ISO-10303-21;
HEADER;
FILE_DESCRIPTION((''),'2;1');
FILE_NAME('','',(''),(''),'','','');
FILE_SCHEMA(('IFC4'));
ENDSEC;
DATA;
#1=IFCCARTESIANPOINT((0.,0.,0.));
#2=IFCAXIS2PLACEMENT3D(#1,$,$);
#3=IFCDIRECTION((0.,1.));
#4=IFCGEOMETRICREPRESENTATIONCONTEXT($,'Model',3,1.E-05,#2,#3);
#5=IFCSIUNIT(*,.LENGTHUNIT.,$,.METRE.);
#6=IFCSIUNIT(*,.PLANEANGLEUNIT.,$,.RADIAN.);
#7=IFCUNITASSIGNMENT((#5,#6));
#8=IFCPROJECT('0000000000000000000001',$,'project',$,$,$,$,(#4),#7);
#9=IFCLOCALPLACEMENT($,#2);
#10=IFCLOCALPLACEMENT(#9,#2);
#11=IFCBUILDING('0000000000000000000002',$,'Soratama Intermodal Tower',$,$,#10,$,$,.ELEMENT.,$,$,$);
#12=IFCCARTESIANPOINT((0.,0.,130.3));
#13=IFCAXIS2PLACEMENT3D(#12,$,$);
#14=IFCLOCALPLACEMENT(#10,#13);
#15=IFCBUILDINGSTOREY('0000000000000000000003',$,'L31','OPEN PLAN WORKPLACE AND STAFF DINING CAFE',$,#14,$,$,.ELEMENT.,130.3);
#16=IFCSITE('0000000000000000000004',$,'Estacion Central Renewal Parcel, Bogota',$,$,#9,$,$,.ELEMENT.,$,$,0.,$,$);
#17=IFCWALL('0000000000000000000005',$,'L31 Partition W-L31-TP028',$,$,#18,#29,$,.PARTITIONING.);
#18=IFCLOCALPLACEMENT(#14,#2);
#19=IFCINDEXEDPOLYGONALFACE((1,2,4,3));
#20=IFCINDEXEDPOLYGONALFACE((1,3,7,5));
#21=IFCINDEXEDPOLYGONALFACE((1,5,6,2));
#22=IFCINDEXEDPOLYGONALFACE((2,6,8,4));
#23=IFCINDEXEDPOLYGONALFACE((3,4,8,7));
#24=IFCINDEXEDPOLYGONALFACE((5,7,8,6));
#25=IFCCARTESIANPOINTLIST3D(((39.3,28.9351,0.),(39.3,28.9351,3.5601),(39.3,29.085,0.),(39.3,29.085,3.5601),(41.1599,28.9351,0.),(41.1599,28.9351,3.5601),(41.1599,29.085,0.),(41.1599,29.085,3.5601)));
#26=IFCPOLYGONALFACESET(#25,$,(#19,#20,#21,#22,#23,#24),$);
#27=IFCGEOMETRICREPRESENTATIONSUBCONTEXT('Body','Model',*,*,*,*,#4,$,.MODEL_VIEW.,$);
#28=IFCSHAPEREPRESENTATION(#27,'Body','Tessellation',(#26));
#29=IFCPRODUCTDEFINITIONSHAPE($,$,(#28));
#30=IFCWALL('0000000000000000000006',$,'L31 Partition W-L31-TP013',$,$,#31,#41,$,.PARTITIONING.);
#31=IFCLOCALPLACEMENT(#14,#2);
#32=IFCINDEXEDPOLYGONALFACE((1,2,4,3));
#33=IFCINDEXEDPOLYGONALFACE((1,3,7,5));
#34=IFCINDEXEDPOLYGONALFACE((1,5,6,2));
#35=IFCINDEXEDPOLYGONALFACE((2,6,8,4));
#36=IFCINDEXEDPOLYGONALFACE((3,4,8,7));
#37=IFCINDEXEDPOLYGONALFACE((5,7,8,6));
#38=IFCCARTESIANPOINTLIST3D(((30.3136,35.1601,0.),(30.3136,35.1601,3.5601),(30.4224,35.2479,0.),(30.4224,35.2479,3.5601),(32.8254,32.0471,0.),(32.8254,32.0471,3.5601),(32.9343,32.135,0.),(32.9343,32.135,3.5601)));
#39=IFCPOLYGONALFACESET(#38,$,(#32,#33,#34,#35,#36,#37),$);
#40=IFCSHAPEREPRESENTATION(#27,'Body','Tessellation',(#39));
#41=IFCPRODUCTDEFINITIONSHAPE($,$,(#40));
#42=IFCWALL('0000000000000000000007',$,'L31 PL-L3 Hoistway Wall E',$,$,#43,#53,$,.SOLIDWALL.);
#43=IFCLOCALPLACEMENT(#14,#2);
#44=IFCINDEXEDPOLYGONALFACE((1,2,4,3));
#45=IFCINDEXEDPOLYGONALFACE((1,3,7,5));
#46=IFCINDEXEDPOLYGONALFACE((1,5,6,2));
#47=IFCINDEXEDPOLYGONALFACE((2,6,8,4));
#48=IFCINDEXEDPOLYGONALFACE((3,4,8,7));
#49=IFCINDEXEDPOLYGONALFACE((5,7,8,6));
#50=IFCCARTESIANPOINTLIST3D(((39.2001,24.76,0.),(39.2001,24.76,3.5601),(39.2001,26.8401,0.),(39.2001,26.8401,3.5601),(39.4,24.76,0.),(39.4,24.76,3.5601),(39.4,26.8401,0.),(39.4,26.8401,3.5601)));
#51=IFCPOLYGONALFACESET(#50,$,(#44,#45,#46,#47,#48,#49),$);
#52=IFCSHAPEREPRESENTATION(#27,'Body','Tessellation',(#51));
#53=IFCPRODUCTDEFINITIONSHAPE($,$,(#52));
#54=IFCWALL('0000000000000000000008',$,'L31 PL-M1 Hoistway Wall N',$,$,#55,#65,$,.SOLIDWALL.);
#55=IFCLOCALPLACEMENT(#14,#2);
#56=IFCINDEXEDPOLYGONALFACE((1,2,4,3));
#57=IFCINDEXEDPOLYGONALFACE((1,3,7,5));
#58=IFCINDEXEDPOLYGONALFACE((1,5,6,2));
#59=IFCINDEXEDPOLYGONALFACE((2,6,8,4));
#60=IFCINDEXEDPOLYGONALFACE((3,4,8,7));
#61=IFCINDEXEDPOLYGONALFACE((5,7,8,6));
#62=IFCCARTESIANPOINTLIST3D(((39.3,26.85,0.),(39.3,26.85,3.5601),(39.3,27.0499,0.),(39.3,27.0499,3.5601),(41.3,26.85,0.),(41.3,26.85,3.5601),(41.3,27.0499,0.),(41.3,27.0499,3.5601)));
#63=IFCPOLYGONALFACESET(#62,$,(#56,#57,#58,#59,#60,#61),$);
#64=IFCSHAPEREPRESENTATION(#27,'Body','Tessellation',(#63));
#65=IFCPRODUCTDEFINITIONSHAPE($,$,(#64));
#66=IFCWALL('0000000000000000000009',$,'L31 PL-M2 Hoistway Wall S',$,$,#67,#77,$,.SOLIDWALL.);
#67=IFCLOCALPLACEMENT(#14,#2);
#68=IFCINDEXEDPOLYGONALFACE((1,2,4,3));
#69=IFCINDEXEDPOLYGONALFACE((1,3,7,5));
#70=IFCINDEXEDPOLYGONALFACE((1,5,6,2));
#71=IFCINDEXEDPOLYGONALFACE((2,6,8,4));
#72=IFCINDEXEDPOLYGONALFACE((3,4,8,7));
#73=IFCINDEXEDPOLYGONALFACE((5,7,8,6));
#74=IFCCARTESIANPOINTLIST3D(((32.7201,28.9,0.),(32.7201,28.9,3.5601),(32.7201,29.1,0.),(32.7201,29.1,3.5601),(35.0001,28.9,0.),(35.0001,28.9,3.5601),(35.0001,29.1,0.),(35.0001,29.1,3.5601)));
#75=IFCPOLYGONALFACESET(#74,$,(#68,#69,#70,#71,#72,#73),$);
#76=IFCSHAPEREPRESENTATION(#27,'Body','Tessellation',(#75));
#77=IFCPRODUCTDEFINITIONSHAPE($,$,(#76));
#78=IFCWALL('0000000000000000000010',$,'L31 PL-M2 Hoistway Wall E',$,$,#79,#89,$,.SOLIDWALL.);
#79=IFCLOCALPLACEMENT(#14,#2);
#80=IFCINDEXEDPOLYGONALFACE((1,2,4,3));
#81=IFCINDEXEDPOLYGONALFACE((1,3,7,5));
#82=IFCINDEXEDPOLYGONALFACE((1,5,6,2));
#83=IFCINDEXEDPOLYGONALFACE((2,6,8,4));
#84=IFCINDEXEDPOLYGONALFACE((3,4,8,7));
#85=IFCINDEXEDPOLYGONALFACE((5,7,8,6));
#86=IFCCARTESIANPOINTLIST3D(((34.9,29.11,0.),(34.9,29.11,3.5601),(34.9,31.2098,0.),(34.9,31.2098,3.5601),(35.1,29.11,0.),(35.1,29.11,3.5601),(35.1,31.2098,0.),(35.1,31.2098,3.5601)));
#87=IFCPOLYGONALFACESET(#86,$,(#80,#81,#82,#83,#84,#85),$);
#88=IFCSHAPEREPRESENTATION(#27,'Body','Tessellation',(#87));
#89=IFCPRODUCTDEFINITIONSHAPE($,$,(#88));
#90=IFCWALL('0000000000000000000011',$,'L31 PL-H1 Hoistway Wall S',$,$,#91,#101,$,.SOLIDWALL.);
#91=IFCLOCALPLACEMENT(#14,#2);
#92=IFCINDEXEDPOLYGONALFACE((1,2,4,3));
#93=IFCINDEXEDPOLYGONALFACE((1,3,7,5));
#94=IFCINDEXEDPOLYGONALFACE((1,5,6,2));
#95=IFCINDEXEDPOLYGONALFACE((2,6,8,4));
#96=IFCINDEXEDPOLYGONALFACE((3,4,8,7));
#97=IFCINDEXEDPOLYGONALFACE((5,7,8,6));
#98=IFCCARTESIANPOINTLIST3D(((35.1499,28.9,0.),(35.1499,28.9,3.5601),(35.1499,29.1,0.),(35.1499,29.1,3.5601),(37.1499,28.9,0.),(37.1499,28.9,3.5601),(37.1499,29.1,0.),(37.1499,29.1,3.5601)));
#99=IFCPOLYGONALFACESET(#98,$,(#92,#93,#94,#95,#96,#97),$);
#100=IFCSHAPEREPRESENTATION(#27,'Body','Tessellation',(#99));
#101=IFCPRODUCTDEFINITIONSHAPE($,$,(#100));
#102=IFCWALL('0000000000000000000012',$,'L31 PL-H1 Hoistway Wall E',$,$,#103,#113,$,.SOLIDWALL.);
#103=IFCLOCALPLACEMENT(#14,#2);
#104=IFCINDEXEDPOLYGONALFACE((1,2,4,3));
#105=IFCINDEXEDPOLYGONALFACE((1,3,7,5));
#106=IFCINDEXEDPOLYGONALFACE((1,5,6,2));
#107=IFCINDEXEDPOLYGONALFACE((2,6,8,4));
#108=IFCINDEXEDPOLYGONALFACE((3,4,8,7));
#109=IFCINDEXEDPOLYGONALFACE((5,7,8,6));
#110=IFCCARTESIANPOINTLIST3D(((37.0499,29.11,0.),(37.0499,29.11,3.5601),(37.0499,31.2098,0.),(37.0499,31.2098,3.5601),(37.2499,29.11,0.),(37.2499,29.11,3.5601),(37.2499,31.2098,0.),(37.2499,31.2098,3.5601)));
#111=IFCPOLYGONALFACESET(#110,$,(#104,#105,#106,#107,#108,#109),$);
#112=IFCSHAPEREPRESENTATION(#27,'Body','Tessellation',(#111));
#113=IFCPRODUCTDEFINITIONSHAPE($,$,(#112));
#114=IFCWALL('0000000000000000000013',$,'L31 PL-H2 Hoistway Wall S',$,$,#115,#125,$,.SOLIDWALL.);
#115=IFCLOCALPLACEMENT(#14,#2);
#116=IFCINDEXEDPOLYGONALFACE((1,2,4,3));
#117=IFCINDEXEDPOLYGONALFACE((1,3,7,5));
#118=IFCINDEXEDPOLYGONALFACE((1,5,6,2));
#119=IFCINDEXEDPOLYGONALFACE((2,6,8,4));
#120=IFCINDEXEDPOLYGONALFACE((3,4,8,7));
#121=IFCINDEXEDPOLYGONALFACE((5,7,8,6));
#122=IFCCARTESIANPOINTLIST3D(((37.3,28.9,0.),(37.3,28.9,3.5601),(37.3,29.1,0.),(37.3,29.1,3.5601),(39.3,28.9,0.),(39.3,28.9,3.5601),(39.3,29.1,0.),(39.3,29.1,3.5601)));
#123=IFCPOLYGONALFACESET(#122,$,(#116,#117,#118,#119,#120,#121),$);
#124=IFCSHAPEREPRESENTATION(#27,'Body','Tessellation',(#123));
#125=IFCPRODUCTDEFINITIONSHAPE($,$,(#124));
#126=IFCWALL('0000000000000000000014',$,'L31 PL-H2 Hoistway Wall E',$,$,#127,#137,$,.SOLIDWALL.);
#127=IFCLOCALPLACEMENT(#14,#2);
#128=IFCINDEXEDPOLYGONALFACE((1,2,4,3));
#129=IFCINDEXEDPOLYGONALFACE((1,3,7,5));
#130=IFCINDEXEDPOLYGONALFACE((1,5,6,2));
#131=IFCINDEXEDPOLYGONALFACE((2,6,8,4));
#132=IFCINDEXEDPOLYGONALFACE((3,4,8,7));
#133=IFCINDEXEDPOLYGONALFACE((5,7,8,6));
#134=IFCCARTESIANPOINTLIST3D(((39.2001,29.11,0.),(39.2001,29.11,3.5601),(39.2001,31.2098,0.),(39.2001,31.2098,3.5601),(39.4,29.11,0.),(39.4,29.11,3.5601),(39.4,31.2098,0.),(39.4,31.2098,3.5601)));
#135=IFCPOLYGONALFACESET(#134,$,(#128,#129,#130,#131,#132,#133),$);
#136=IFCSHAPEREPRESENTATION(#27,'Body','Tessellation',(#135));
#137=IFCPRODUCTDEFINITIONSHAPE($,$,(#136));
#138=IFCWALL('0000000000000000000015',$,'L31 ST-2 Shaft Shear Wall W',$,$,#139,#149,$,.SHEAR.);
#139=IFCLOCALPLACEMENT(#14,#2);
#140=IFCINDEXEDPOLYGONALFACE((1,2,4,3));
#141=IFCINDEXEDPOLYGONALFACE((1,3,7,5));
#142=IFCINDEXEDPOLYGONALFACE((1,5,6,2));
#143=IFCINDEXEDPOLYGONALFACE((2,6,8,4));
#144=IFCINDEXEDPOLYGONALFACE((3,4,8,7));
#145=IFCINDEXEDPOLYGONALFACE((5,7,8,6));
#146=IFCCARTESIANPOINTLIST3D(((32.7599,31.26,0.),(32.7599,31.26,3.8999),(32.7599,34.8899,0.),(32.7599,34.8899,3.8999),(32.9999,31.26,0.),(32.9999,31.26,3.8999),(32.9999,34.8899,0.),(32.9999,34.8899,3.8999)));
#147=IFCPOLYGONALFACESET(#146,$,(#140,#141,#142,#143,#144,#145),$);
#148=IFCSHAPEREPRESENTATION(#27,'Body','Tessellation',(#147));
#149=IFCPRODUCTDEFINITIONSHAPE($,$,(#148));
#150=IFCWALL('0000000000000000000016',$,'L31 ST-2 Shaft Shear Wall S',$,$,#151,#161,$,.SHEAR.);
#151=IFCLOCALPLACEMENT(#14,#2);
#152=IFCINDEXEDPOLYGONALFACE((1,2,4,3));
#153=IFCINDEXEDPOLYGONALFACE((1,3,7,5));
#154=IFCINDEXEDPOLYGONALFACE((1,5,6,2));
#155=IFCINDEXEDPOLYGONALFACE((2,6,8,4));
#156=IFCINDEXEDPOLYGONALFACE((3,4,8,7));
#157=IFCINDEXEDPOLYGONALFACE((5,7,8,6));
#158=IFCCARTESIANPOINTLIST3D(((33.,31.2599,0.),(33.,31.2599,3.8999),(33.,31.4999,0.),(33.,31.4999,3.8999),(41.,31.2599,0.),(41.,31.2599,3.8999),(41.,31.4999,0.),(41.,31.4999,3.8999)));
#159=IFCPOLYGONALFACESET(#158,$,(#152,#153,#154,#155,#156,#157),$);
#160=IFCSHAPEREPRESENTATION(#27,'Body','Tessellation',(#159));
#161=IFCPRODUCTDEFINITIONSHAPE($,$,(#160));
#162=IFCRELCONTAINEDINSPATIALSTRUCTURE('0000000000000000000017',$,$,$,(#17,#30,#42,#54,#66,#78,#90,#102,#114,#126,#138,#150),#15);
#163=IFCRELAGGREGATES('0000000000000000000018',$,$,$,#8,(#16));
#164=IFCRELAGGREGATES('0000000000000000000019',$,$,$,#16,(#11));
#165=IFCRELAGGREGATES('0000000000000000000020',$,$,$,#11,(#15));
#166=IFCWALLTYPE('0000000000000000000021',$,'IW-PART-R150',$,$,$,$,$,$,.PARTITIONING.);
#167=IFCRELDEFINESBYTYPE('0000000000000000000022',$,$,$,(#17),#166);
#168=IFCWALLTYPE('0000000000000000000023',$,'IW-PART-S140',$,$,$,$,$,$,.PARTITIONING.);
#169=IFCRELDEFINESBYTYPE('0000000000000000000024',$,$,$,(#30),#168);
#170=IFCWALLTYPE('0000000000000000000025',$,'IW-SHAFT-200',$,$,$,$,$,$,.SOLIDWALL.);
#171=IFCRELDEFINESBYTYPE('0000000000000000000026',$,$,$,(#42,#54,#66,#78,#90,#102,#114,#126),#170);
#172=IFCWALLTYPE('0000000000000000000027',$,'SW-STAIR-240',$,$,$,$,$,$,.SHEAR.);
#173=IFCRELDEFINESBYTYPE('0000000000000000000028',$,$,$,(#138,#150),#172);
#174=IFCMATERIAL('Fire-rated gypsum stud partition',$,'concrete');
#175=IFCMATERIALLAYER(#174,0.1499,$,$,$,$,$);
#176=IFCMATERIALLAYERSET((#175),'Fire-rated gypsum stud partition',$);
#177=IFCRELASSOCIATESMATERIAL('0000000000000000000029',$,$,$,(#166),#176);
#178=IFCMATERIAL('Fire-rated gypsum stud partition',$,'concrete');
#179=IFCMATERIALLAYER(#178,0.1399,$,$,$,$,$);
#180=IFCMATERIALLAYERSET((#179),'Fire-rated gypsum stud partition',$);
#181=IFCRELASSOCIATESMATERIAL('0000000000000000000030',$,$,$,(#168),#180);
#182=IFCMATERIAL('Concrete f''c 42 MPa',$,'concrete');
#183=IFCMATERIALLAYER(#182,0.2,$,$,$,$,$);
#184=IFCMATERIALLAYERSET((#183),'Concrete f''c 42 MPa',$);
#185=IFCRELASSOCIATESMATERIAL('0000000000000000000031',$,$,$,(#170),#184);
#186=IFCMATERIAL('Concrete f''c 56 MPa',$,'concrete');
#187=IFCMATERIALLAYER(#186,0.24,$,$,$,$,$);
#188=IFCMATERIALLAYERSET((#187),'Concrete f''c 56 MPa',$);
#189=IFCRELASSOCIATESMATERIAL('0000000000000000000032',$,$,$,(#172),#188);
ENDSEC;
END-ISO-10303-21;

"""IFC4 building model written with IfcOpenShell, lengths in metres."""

from ifc_helpers import new_model, si_unit, direction, frame, frame_2d, origin, place, context, subcontext, project, spatial, rectangle, extrude, material, layer, layer_set, type_object, element, save


model = new_model("IFC4")

# Units and contexts
model_context = context("Model", 3, precision=1e-05, world=origin(), true_north=direction((0.0, 1.0)))
body_context = subcontext(model_context, "Body", "Model", "MODEL_VIEW")
ifc_project = project(units=[si_unit("LENGTHUNIT", "METRE"), si_unit("PLANEANGLEUNIT", "RADIAN")], contexts=[model_context])

# Site, building, storey
site_placement = place(None, origin())
site = spatial("IfcSite", under=ifc_project, at=site_placement, Name="Estacion Central Renewal Parcel, Bogota", CompositionType="ELEMENT", RefElevation=0.0)
building_placement = place(site_placement, origin())
building = spatial("IfcBuilding", under=site, at=building_placement, Name="Soratama Intermodal Tower", CompositionType="ELEMENT")
storey_placement = place(building_placement, frame((0.0, 0.0, 130.3)))
storey = spatial("IfcBuildingStorey", under=building, at=storey_placement, Name="L31", Description="OPEN PLAN WORKPLACE AND STAFF DINING CAFE", CompositionType="ELEMENT", Elevation=130.3)

# Walls
ifc_material_1 = material(Name="Fire-rated gypsum stud partition", Category="concrete")
ifc_layer_1 = layer(ifc_material_1, 0.1499)
ifc_layer_set_1 = layer_set([ifc_layer_1], Name="Fire-rated gypsum stud partition")
wall_type_1 = type_object("IfcWallType", Name="IW-PART-R150", PredefinedType="PARTITIONING", material=ifc_layer_set_1)
wall_1_placement = place(storey_placement, frame((39.3, 29.01, 0.0), z_axis=(0.0, 0.0, 1.0), x_axis=(1.0, 0.0, 0.0)))
element("IfcWall", 1, at=wall_1_placement, inside=storey, type_object=wall_type_1, Name="L31 Partition W-L31-TP028", PredefinedType="PARTITIONING", context=body_context, shape_type="SweptSolid", body=[
    extrude(rectangle(XDim=1.8599, YDim=0.1499, at=frame_2d((0.9299, 0.0))), origin(), (0.0, 0.0, 1.0), 3.5601),
])
ifc_material_2 = material(Name="Fire-rated gypsum stud partition", Category="concrete")
ifc_layer_2 = layer(ifc_material_2, 0.1399)
ifc_layer_set_2 = layer_set([ifc_layer_2], Name="Fire-rated gypsum stud partition")
wall_type_2 = type_object("IfcWallType", Name="IW-PART-S140", PredefinedType="PARTITIONING", material=ifc_layer_set_2)
wall_2_placement = place(storey_placement, frame((32.8799, 32.0911, 0.0), z_axis=(0.0, 0.0, 1.0), x_axis=(-0.627972, 0.778236, 0.0)))
element("IfcWall", 2, at=wall_2_placement, inside=storey, type_object=wall_type_2, Name="L31 Partition W-L31-TP013", PredefinedType="PARTITIONING", context=body_context, shape_type="SweptSolid", body=[
    extrude(rectangle(XDim=4.0, YDim=0.1399, at=frame_2d((2.0, 0.0))), origin(), (0.0, 0.0, 1.0), 3.5601),
])

# Shared definitions
ifc_material_3 = material(Name="Concrete f'c 42 MPa", Category="concrete")
ifc_layer_3 = layer(ifc_material_3, 0.2)
ifc_layer_set_3 = layer_set([ifc_layer_3], Name="Concrete f'c 42 MPa")
wall_type_3 = type_object("IfcWallType", Name="IW-SHAFT-200", PredefinedType="SOLIDWALL", material=ifc_layer_set_3)

# Walls
wall_3_placement = place(storey_placement, frame((39.3, 24.76, 0.0), z_axis=(0.0, 0.0, 1.0), x_axis=(0.0, 1.0, 0.0)))
element("IfcWall", 3, at=wall_3_placement, inside=storey, type_object=wall_type_3, Name="L31 PL-L3 Hoistway Wall E", PredefinedType="SOLIDWALL", context=body_context, shape_type="SweptSolid", body=[
    extrude(rectangle(XDim=2.0801, YDim=0.2, at=frame_2d((1.04, 0.0))), origin(), (0.0, 0.0, 1.0), 3.5601),
])
wall_4_placement = place(storey_placement, frame((39.3, 26.95, 0.0), z_axis=(0.0, 0.0, 1.0), x_axis=(1.0, 0.0, 0.0)))
element("IfcWall", 4, at=wall_4_placement, inside=storey, type_object=wall_type_3, Name="L31 PL-M1 Hoistway Wall N", PredefinedType="SOLIDWALL", context=body_context, shape_type="SweptSolid", body=[
    extrude(rectangle(XDim=2.0, YDim=0.2, at=frame_2d((1.0, 0.0))), origin(), (0.0, 0.0, 1.0), 3.5601),
])
wall_5_placement = place(storey_placement, frame((32.72, 29.0, 0.0), z_axis=(0.0, 0.0, 1.0), x_axis=(1.0, 0.0, 0.0)))
element("IfcWall", 5, at=wall_5_placement, inside=storey, type_object=wall_type_3, Name="L31 PL-M2 Hoistway Wall S", PredefinedType="SOLIDWALL", context=body_context, shape_type="SweptSolid", body=[
    extrude(rectangle(XDim=2.28, YDim=0.2, at=frame_2d((1.1401, 0.0))), origin(), (0.0, 0.0, 1.0), 3.5601),
])
wall_6_placement = place(storey_placement, frame((35.0, 29.1101, 0.0), z_axis=(0.0, 0.0, 1.0), x_axis=(0.0, 1.0, 0.0)))
element("IfcWall", 6, at=wall_6_placement, inside=storey, type_object=wall_type_3, Name="L31 PL-M2 Hoistway Wall E", PredefinedType="SOLIDWALL", context=body_context, shape_type="SweptSolid", body=[
    extrude(rectangle(XDim=2.0999, YDim=0.2, at=frame_2d((1.0498, 0.0))), origin(), (0.0, 0.0, 1.0), 3.5601),
])
wall_7_placement = place(storey_placement, frame((35.1499, 29.0, 0.0), z_axis=(0.0, 0.0, 1.0), x_axis=(1.0, 0.0, 0.0)))
element("IfcWall", 7, at=wall_7_placement, inside=storey, type_object=wall_type_3, Name="L31 PL-H1 Hoistway Wall S", PredefinedType="SOLIDWALL", context=body_context, shape_type="SweptSolid", body=[
    extrude(rectangle(XDim=2.0, YDim=0.2, at=frame_2d((1.0, 0.0))), origin(), (0.0, 0.0, 1.0), 3.5601),
])
wall_8_placement = place(storey_placement, frame((37.1499, 29.1101, 0.0), z_axis=(0.0, 0.0, 1.0), x_axis=(0.0, 1.0, 0.0)))
element("IfcWall", 8, at=wall_8_placement, inside=storey, type_object=wall_type_3, Name="L31 PL-H1 Hoistway Wall E", PredefinedType="SOLIDWALL", context=body_context, shape_type="SweptSolid", body=[
    extrude(rectangle(XDim=2.0999, YDim=0.2, at=frame_2d((1.0498, 0.0))), origin(), (0.0, 0.0, 1.0), 3.5601),
])
wall_9_placement = place(storey_placement, frame((37.3, 29.0, 0.0), z_axis=(0.0, 0.0, 1.0), x_axis=(1.0, 0.0, 0.0)))
element("IfcWall", 9, at=wall_9_placement, inside=storey, type_object=wall_type_3, Name="L31 PL-H2 Hoistway Wall S", PredefinedType="SOLIDWALL", context=body_context, shape_type="SweptSolid", body=[
    extrude(rectangle(XDim=2.0, YDim=0.2, at=frame_2d((1.0, 0.0))), origin(), (0.0, 0.0, 1.0), 3.5601),
])
wall_10_placement = place(storey_placement, frame((39.3, 29.1101, 0.0), z_axis=(0.0, 0.0, 1.0), x_axis=(0.0, 1.0, 0.0)))
element("IfcWall", 10, at=wall_10_placement, inside=storey, type_object=wall_type_3, Name="L31 PL-H2 Hoistway Wall E", PredefinedType="SOLIDWALL", context=body_context, shape_type="SweptSolid", body=[
    extrude(rectangle(XDim=2.0999, YDim=0.2, at=frame_2d((1.0498, 0.0))), origin(), (0.0, 0.0, 1.0), 3.5601),
])
ifc_material_4 = material(Name="Concrete f'c 56 MPa", Category="concrete")
ifc_layer_4 = layer(ifc_material_4, 0.24)
ifc_layer_set_4 = layer_set([ifc_layer_4], Name="Concrete f'c 56 MPa")
wall_type_4 = type_object("IfcWallType", Name="SW-STAIR-240", PredefinedType="SHEAR", material=ifc_layer_set_4)
wall_11_placement = place(storey_placement, frame((32.8799, 31.26, 0.0), z_axis=(0.0, 0.0, 1.0), x_axis=(0.0, 1.0, 0.0)))
element("IfcWall", 11, at=wall_11_placement, inside=storey, type_object=wall_type_4, Name="L31 ST-2 Shaft Shear Wall W", PredefinedType="SHEAR", context=body_context, shape_type="SweptSolid", body=[
    extrude(rectangle(XDim=3.6299, YDim=0.24, at=frame_2d((1.8149, 0.0))), origin(), (0.0, 0.0, 1.0), 3.8999),
])
wall_12_placement = place(storey_placement, frame((33.0, 31.3799, 0.0), z_axis=(0.0, 0.0, 1.0), x_axis=(1.0, 0.0, 0.0)))
element("IfcWall", 12, at=wall_12_placement, inside=storey, type_object=wall_type_4, Name="L31 ST-2 Shaft Shear Wall S", PredefinedType="SHEAR", context=body_context, shape_type="SweptSolid", body=[
    extrude(rectangle(XDim=8.0, YDim=0.24, at=frame_2d((4.0, 0.0))), origin(), (0.0, 0.0, 1.0), 3.8999),
])

save(model, "model.ifc")
